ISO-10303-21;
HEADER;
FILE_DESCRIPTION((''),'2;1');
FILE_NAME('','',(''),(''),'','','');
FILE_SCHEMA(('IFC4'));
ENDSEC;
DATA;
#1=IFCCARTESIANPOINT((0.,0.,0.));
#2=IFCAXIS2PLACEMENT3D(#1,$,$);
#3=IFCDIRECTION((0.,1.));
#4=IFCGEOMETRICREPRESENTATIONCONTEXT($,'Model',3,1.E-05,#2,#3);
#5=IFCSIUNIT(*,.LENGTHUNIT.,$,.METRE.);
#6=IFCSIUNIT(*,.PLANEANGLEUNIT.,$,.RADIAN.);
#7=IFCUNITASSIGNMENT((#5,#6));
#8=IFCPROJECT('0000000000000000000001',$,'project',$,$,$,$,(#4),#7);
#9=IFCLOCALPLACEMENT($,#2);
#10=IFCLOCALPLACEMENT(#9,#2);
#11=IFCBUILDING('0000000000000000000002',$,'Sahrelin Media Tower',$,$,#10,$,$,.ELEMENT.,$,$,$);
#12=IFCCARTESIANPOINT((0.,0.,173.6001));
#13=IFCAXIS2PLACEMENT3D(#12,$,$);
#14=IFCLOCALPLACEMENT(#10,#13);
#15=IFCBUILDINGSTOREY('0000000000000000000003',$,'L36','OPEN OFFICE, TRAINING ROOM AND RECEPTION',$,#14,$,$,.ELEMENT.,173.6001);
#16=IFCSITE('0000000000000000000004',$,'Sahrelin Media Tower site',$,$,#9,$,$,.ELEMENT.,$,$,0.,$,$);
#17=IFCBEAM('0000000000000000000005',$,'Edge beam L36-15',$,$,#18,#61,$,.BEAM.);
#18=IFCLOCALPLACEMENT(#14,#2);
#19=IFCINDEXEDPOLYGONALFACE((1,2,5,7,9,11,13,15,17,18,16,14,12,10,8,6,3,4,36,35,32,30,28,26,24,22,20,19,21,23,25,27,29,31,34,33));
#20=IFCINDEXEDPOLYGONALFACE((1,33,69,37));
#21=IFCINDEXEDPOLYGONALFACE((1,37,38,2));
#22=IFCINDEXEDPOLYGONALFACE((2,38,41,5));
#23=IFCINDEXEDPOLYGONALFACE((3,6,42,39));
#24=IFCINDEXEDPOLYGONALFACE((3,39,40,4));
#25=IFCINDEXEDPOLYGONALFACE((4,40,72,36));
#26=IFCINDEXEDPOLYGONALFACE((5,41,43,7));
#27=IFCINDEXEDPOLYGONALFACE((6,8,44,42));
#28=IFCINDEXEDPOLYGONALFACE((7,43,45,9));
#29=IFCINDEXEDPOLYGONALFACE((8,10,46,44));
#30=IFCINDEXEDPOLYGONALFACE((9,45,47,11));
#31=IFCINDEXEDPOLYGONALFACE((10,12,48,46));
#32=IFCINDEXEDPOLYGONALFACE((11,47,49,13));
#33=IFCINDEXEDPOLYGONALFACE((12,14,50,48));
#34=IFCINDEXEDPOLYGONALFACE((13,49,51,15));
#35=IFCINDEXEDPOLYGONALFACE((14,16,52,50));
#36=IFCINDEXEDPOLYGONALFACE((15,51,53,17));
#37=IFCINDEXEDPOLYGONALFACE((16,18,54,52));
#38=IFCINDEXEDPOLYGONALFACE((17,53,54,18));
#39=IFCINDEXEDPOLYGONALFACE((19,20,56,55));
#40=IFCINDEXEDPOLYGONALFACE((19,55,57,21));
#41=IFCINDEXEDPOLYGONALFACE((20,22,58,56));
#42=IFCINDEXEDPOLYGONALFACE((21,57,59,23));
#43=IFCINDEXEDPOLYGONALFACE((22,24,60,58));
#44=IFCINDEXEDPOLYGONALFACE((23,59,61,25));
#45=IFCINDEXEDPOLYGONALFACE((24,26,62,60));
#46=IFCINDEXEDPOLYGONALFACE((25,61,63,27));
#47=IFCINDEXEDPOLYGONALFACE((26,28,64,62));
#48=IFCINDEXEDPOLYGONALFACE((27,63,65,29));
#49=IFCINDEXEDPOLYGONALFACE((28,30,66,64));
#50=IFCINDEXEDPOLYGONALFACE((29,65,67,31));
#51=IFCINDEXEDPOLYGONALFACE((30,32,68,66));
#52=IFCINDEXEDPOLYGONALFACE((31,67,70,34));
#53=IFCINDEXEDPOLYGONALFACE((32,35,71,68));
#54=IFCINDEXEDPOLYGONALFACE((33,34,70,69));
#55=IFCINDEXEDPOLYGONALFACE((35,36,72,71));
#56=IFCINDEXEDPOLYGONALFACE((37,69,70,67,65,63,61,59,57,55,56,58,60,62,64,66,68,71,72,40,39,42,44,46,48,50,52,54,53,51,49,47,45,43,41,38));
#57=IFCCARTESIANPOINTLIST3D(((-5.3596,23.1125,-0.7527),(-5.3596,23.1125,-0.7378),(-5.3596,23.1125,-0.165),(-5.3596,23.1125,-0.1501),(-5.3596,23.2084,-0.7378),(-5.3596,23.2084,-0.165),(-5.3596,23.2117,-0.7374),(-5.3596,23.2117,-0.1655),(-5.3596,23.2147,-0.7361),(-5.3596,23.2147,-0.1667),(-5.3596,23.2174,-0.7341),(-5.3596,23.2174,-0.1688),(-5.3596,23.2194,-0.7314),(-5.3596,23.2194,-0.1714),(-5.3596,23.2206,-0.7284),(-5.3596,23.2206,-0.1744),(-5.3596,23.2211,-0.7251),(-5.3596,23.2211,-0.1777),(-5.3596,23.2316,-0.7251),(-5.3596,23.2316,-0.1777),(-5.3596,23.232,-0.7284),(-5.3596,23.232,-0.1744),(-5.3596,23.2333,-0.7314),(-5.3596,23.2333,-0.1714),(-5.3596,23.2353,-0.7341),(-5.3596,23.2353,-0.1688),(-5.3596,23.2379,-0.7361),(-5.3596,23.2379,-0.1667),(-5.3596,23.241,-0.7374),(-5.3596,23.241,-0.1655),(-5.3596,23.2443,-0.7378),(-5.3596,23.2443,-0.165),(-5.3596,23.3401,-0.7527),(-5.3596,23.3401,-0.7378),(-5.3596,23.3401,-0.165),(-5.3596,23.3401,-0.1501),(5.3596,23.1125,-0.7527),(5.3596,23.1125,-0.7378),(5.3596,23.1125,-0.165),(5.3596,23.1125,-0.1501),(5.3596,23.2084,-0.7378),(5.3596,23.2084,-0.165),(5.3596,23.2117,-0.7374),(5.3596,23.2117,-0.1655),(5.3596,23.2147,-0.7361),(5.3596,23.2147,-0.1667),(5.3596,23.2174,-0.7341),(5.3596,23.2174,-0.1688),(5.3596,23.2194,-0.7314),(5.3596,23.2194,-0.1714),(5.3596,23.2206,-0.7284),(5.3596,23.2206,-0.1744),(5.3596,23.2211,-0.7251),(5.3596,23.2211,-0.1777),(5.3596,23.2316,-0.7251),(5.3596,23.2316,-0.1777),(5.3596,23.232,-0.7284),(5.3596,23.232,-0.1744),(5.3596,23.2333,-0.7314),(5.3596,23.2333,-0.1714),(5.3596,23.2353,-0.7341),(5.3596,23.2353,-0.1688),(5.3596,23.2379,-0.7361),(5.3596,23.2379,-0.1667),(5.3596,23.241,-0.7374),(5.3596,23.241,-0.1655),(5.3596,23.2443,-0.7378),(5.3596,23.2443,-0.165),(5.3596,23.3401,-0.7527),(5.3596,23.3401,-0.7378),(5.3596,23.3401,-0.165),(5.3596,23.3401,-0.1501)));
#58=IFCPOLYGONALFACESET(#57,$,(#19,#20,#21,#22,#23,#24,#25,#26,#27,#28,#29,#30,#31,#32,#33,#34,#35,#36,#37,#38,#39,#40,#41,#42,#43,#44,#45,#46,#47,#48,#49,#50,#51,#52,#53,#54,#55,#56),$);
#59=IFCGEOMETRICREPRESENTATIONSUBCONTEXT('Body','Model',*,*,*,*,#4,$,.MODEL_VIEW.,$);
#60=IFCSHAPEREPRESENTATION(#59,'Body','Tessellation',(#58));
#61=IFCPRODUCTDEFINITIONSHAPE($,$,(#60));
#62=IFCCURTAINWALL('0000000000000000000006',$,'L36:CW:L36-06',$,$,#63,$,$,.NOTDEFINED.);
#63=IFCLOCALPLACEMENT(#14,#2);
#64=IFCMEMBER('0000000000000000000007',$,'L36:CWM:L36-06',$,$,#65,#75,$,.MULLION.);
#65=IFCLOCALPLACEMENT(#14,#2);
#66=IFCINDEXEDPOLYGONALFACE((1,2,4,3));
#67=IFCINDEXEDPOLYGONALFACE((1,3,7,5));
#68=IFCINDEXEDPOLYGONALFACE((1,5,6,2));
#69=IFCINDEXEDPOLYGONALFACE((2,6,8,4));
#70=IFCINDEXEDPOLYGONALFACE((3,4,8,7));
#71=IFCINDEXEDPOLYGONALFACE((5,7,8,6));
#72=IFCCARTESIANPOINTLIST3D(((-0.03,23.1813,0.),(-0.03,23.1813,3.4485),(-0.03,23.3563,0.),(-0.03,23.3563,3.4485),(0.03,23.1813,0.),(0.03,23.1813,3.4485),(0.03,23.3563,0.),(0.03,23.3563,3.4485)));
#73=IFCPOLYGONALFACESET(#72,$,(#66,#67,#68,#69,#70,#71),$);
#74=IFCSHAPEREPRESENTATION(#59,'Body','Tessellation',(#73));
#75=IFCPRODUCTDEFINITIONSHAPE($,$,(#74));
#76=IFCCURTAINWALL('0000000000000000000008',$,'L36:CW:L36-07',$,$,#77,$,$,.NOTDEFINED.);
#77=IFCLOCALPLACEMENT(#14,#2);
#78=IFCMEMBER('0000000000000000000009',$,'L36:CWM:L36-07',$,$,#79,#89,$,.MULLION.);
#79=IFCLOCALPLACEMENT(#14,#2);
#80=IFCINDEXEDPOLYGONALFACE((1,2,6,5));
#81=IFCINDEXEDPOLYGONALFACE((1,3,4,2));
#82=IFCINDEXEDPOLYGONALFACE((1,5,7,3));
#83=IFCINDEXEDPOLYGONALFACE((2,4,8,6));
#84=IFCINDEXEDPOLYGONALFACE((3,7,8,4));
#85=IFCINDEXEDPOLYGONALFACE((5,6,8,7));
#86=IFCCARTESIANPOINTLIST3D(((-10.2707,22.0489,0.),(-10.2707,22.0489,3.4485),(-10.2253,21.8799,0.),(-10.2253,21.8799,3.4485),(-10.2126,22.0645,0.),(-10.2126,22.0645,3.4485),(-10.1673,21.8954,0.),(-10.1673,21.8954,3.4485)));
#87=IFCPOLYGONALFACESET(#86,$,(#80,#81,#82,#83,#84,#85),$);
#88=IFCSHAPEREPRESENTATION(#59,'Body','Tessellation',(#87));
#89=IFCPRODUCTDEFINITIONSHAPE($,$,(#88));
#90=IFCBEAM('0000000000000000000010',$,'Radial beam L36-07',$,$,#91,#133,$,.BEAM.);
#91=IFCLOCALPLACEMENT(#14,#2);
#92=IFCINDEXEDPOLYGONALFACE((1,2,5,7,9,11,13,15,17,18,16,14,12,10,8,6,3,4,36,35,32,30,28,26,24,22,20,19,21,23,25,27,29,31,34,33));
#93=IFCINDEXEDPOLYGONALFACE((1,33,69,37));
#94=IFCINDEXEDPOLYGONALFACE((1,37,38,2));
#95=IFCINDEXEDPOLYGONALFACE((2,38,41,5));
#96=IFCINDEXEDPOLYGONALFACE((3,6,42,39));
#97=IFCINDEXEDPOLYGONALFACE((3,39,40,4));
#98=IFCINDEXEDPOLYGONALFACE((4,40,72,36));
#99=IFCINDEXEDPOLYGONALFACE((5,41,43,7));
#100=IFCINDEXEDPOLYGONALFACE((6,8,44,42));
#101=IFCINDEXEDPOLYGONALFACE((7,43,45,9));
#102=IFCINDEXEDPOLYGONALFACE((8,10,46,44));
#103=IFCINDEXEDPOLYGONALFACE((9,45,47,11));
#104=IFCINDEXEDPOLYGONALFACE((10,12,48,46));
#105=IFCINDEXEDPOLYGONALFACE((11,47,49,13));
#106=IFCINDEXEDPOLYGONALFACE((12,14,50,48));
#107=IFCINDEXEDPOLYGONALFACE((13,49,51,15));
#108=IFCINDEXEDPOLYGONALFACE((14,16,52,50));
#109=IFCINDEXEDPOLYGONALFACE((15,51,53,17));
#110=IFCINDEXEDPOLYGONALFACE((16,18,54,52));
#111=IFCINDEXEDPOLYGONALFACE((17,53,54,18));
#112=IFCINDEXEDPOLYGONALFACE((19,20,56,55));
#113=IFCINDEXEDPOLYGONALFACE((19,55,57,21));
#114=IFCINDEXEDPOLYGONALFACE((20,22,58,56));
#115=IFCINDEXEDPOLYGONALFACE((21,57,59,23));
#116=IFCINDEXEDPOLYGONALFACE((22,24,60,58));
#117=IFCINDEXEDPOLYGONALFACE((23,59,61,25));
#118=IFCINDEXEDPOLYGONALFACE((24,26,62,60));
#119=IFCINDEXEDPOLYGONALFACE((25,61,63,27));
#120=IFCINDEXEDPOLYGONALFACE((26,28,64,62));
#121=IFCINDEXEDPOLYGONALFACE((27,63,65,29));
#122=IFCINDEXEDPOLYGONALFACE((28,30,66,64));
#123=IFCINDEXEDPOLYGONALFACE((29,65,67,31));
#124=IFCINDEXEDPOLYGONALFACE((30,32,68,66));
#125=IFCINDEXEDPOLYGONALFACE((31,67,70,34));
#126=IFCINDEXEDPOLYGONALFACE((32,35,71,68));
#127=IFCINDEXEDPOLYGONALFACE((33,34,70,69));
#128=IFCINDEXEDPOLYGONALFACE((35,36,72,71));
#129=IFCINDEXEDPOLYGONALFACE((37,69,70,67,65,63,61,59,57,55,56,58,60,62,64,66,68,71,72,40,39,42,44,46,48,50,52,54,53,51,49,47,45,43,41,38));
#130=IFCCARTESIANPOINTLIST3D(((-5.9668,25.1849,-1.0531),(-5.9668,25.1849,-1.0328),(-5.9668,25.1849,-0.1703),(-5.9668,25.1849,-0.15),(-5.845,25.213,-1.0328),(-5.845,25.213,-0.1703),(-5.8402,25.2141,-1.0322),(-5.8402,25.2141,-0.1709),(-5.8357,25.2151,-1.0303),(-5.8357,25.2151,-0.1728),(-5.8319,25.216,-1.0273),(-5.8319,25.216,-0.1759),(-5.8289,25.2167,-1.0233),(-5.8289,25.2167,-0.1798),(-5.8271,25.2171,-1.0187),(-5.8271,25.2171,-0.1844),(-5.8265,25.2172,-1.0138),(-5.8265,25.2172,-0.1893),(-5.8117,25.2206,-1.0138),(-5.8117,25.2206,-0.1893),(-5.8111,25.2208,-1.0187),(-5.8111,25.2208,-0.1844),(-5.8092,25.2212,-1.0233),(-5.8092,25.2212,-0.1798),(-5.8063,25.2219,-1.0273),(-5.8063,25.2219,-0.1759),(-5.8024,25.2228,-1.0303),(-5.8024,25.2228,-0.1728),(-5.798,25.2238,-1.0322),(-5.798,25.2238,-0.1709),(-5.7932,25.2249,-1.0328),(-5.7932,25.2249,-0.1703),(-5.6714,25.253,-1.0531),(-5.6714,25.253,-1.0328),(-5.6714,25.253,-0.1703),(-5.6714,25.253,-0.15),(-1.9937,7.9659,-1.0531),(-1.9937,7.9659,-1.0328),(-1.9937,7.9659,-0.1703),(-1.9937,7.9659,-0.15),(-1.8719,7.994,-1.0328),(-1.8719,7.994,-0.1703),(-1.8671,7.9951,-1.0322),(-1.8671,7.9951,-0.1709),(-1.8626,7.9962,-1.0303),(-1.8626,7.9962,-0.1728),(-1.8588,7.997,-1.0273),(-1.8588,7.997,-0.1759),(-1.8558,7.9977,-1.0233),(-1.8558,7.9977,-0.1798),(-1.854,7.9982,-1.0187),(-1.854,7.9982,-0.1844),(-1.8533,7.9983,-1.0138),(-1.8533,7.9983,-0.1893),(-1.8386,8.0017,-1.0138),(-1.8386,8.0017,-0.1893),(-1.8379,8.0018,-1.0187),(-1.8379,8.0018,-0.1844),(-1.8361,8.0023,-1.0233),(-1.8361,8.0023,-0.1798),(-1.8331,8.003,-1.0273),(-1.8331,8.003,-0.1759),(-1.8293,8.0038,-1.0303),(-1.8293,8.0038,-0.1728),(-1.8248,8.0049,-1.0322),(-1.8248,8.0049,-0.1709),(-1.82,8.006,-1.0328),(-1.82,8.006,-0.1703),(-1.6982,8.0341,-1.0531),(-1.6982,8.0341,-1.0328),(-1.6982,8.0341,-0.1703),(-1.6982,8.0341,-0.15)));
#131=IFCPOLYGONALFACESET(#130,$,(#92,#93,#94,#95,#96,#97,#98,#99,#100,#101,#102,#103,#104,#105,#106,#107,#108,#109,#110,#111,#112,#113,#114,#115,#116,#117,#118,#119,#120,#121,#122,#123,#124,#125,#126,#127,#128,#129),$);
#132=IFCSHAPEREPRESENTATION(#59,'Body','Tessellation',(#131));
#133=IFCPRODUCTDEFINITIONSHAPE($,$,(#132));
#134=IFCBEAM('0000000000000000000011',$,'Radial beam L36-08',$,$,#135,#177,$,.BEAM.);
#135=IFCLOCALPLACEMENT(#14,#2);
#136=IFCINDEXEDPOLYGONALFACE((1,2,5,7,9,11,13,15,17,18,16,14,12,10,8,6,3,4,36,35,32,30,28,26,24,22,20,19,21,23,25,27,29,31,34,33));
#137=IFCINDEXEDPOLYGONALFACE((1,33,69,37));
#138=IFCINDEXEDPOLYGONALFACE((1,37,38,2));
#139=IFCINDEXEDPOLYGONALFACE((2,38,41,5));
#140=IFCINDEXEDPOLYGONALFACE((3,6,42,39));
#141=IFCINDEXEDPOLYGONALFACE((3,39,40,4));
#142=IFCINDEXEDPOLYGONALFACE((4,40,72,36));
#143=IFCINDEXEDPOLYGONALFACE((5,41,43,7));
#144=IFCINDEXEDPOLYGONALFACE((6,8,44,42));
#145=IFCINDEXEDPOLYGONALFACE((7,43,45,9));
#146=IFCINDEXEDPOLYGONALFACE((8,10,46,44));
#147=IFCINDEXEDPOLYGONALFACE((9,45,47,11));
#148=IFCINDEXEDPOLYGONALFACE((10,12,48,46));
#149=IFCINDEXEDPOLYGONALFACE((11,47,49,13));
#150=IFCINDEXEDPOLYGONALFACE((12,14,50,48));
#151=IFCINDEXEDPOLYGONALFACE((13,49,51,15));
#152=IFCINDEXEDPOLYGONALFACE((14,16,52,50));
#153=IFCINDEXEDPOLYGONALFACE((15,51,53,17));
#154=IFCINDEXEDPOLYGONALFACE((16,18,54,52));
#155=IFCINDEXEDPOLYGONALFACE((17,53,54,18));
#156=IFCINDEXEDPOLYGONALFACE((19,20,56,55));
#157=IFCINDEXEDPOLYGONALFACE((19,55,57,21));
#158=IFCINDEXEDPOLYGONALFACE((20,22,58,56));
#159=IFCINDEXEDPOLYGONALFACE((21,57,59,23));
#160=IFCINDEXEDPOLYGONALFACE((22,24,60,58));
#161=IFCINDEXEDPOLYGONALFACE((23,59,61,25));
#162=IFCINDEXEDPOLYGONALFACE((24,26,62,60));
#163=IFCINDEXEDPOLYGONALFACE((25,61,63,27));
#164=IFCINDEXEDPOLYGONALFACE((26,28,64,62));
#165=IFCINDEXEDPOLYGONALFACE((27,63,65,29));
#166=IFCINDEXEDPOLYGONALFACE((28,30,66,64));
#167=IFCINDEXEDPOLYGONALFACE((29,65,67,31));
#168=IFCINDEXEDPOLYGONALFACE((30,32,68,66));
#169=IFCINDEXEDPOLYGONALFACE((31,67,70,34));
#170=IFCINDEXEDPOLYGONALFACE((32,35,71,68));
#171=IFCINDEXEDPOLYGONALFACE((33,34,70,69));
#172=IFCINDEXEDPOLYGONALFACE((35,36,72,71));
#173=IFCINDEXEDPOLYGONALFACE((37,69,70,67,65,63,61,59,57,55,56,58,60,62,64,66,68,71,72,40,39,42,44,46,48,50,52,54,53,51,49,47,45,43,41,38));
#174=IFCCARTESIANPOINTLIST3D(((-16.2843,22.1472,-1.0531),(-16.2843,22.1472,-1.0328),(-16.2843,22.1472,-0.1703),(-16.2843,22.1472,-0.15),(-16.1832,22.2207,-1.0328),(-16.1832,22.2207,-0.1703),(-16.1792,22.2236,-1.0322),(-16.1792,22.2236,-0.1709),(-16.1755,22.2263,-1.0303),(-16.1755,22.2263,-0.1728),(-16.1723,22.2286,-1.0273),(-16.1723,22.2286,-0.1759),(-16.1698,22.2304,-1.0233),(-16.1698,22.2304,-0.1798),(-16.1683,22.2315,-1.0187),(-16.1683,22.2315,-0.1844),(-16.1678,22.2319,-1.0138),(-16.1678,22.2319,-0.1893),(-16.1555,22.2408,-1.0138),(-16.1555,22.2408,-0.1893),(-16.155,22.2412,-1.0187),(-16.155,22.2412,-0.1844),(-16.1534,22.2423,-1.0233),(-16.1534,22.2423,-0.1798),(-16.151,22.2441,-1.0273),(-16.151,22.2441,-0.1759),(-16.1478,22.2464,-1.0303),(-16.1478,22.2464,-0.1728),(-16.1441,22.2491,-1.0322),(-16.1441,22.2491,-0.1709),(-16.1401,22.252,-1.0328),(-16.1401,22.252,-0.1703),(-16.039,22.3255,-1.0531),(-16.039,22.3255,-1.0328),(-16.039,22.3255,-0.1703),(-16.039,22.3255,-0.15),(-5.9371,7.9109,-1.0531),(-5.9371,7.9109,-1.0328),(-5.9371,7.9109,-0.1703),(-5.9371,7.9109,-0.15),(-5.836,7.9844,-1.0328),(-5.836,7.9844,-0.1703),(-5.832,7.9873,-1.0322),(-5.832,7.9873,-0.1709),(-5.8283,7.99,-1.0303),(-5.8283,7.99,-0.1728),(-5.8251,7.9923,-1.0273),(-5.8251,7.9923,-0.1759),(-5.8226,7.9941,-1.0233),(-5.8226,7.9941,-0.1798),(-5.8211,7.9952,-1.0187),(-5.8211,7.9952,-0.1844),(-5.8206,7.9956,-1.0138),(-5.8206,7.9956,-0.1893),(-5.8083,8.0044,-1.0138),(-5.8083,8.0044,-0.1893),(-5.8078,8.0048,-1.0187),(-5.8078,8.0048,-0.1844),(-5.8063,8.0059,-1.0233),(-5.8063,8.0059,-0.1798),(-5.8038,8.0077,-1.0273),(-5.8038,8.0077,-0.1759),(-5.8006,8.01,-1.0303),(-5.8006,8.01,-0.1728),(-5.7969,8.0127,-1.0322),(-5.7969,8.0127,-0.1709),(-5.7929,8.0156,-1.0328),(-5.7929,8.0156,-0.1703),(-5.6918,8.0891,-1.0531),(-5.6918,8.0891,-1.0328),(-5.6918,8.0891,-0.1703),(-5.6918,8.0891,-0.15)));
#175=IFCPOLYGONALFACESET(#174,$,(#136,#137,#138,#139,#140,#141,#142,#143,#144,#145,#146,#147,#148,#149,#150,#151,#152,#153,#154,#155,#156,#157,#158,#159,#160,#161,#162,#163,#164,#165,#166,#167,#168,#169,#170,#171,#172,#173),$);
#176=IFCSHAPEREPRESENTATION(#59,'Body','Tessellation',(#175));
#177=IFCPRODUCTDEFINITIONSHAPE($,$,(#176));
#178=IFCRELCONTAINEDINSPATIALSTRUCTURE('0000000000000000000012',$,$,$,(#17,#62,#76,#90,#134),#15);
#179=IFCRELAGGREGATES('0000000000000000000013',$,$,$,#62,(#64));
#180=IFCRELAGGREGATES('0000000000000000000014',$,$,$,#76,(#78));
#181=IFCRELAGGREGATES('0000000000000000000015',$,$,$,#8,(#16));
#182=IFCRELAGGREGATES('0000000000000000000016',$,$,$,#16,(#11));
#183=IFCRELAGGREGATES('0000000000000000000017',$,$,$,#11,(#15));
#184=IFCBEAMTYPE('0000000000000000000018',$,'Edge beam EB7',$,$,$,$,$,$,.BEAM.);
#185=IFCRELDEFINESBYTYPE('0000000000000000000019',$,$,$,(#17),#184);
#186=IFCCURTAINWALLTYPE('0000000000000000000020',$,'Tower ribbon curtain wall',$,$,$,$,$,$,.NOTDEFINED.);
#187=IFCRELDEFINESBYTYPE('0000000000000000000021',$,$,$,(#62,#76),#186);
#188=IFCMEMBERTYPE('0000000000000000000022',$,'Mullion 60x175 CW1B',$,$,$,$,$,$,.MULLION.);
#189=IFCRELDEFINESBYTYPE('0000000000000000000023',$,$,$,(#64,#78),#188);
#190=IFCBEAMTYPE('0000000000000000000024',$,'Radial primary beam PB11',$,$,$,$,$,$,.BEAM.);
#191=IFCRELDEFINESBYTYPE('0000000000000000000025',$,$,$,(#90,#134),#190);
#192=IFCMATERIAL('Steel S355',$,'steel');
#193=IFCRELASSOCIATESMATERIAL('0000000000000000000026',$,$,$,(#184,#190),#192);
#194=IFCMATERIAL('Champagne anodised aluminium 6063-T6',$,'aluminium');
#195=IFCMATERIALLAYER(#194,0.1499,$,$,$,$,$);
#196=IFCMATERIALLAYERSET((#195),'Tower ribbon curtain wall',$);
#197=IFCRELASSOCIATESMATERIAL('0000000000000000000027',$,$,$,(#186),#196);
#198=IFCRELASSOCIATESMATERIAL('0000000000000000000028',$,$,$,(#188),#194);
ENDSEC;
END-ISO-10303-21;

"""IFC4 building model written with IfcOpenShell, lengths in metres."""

from ifc_helpers import new_model, si_unit, direction, frame, origin, origin_2d, place, context, subcontext, project, spatial, rectangle, i_section, extrude, material, layer, layer_set, material_profile, profile_set, type_object, element, aggregate, save


model = new_model("IFC4")

# Units and contexts
model_context = context("Model", 3, precision=1e-05, world=origin(), true_north=direction((0.0, 1.0)))
body_context = subcontext(model_context, "Body", "Model", "MODEL_VIEW")
ifc_project = project(units=[si_unit("LENGTHUNIT", "METRE"), si_unit("PLANEANGLEUNIT", "RADIAN")], contexts=[model_context])

# Site, building, storey
site_placement = place(None, origin())
site = spatial("IfcSite", under=ifc_project, at=site_placement, Name="Sahrelin Media Tower site", CompositionType="ELEMENT", RefElevation=0.0)
building_placement = place(site_placement, origin())
building = spatial("IfcBuilding", under=site, at=building_placement, Name="Sahrelin Media Tower", CompositionType="ELEMENT")
storey_placement = place(building_placement, frame((0.0, 0.0, 173.6001)))
storey = spatial("IfcBuildingStorey", under=building, at=storey_placement, Name="L36", Description="OPEN OFFICE, TRAINING ROOM AND RECEPTION", CompositionType="ELEMENT", Elevation=173.6001)

# Beam
ifc_material_1 = material(Name="Steel S355", Category="steel")
ifc_material_profile_1 = material_profile(ifc_material_1, i_section(OverallWidth=0.2275, OverallDepth=0.6025, WebThickness=0.0105, FlangeThickness=0.0149, FilletRadius=0.0127, at=origin_2d()), Name="UB 610x229x101")
ifc_profile_set_1 = profile_set([ifc_material_profile_1], Name="Steel S355")
beam_type_1 = type_object("IfcBeamType", Name="Edge beam EB7", PredefinedType="BEAM", material=ifc_profile_set_1)
beam_1_placement = place(storey_placement, frame((-5.3596, 23.2263, -0.4514), z_axis=(1.0, 0.0, 0.0), x_axis=(0.0, 1.0, 0.0)))
element("IfcBeam", 1, at=beam_1_placement, inside=storey, type_object=beam_type_1, Name="Edge beam L36-15", PredefinedType="BEAM", context=body_context, shape_type="SweptSolid", body=[
    extrude(i_section(OverallWidth=0.2275, OverallDepth=0.6025, WebThickness=0.0105, FlangeThickness=0.0149, FilletRadius=0.0127, at=origin_2d()), origin(), (0.0, 0.0, 1.0), 10.7192),
])

# Curtain walls, members
ifc_material_2 = material(Name="Champagne anodised aluminium 6063-T6", Category="aluminium")
ifc_layer_1 = layer(ifc_material_2, 0.1499)
ifc_layer_set_1 = layer_set([ifc_layer_1], Name="Tower ribbon curtain wall")
curtain_wall_type = type_object("IfcCurtainWallType", Name="Tower ribbon curtain wall", PredefinedType="NOTDEFINED", material=ifc_layer_set_1)
placement_1 = place(storey_placement, frame((0.0, 23.3765, 0.0), z_axis=(0.0, 0.0, 1.0), x_axis=(1.0, 0.0, 0.0)))
curtain_wall_1 = element("IfcCurtainWall", 2, at=placement_1, inside=storey, type_object=curtain_wall_type, Name="L36:CW:L36-06", PredefinedType="NOTDEFINED")
ifc_material_profile_2 = material_profile(ifc_material_2, rectangle(XDim=0.0601, YDim=0.175, at=origin_2d()), Name="Mullion 60x175")
ifc_profile_set_2 = profile_set([ifc_material_profile_2], Name="Champagne anodised aluminium 6063-T6")
member_type_1 = type_object("IfcMemberType", Name="Mullion 60x175 CW1B", PredefinedType="MULLION", material=ifc_profile_set_2)
member_1_placement = place(storey_placement, frame((0.0, 23.2688, 0.0), z_axis=(0.0, 0.0, 1.0), x_axis=(-1.0, 0.0, 0.0)))
member_1 = element("IfcMember", 3, at=member_1_placement, type_object=member_type_1, Name="L36:CWM:L36-06", PredefinedType="MULLION", context=body_context, shape_type="SweptSolid", body=[
    extrude(rectangle(XDim=0.0601, YDim=0.175, at=origin_2d()), origin(), (0.0, 0.0, 1.0), 3.4485),
])
aggregate(curtain_wall_1, [member_1])
curtain_wall_2_placement = place(storey_placement, frame((-10.2468, 22.0759, 0.0), z_axis=(0.0, 0.0, 1.0), x_axis=(1.0, 0.0, 0.0)))
curtain_wall_2 = element("IfcCurtainWall", 4, at=curtain_wall_2_placement, inside=storey, type_object=curtain_wall_type, Name="L36:CW:L36-07", PredefinedType="NOTDEFINED")
member_2_placement = place(storey_placement, frame((-10.219, 21.9722, 0.0), z_axis=(0.0, 0.0, 1.0), x_axis=(-0.965925, -0.258821, 0.0)))
member_2 = element("IfcMember", 5, at=member_2_placement, type_object=member_type_1, Name="L36:CWM:L36-07", PredefinedType="MULLION", context=body_context, shape_type="SweptSolid", body=[
    extrude(rectangle(XDim=0.0601, YDim=0.175, at=origin_2d()), origin(), (0.0, 0.0, 1.0), 3.4485),
])

# Beams
ifc_material_profile_3 = material_profile(ifc_material_1, i_section(OverallWidth=0.3032, OverallDepth=0.9031, WebThickness=0.0151, FlangeThickness=0.0203, FilletRadius=0.019, at=origin_2d()), Name="UB 914x305x201")
ifc_profile_set_3 = profile_set([ifc_material_profile_3], Name="Steel S355")
beam_type_2 = type_object("IfcBeamType", Name="Radial primary beam PB11", PredefinedType="BEAM", material=ifc_profile_set_3)
beam_2_placement = place(storey_placement, frame((-1.8459, 8.0, -0.6016), z_axis=(-0.224834, 0.974397, 0.0), x_axis=(-0.974397, -0.224834, 0.0)))
element("IfcBeam", 6, at=beam_2_placement, inside=storey, type_object=beam_type_2, Name="Radial beam L36-07", PredefinedType="BEAM", context=body_context, shape_type="SweptSolid", body=[
    extrude(i_section(OverallWidth=0.3032, OverallDepth=0.9031, WebThickness=0.0151, FlangeThickness=0.0203, FilletRadius=0.019, at=origin_2d()), origin(), (0.0, 0.0, 1.0), 17.6714),
])
beam_3_placement = place(storey_placement, frame((-5.8145, 8.0, -0.6016), z_axis=(-0.587929, 0.808912, 0.0), x_axis=(-0.808912, -0.587929, 0.0)))
element("IfcBeam", 7, at=beam_3_placement, inside=storey, type_object=beam_type_2, Name="Radial beam L36-08", PredefinedType="BEAM", context=body_context, shape_type="SweptSolid", body=[
    extrude(i_section(OverallWidth=0.3032, OverallDepth=0.9031, WebThickness=0.0151, FlangeThickness=0.0203, FilletRadius=0.019, at=origin_2d()), origin(), (0.0, 0.0, 1.0), 17.5994),
])

aggregate(curtain_wall_2, [member_2])

save(model, "model.ifc")
